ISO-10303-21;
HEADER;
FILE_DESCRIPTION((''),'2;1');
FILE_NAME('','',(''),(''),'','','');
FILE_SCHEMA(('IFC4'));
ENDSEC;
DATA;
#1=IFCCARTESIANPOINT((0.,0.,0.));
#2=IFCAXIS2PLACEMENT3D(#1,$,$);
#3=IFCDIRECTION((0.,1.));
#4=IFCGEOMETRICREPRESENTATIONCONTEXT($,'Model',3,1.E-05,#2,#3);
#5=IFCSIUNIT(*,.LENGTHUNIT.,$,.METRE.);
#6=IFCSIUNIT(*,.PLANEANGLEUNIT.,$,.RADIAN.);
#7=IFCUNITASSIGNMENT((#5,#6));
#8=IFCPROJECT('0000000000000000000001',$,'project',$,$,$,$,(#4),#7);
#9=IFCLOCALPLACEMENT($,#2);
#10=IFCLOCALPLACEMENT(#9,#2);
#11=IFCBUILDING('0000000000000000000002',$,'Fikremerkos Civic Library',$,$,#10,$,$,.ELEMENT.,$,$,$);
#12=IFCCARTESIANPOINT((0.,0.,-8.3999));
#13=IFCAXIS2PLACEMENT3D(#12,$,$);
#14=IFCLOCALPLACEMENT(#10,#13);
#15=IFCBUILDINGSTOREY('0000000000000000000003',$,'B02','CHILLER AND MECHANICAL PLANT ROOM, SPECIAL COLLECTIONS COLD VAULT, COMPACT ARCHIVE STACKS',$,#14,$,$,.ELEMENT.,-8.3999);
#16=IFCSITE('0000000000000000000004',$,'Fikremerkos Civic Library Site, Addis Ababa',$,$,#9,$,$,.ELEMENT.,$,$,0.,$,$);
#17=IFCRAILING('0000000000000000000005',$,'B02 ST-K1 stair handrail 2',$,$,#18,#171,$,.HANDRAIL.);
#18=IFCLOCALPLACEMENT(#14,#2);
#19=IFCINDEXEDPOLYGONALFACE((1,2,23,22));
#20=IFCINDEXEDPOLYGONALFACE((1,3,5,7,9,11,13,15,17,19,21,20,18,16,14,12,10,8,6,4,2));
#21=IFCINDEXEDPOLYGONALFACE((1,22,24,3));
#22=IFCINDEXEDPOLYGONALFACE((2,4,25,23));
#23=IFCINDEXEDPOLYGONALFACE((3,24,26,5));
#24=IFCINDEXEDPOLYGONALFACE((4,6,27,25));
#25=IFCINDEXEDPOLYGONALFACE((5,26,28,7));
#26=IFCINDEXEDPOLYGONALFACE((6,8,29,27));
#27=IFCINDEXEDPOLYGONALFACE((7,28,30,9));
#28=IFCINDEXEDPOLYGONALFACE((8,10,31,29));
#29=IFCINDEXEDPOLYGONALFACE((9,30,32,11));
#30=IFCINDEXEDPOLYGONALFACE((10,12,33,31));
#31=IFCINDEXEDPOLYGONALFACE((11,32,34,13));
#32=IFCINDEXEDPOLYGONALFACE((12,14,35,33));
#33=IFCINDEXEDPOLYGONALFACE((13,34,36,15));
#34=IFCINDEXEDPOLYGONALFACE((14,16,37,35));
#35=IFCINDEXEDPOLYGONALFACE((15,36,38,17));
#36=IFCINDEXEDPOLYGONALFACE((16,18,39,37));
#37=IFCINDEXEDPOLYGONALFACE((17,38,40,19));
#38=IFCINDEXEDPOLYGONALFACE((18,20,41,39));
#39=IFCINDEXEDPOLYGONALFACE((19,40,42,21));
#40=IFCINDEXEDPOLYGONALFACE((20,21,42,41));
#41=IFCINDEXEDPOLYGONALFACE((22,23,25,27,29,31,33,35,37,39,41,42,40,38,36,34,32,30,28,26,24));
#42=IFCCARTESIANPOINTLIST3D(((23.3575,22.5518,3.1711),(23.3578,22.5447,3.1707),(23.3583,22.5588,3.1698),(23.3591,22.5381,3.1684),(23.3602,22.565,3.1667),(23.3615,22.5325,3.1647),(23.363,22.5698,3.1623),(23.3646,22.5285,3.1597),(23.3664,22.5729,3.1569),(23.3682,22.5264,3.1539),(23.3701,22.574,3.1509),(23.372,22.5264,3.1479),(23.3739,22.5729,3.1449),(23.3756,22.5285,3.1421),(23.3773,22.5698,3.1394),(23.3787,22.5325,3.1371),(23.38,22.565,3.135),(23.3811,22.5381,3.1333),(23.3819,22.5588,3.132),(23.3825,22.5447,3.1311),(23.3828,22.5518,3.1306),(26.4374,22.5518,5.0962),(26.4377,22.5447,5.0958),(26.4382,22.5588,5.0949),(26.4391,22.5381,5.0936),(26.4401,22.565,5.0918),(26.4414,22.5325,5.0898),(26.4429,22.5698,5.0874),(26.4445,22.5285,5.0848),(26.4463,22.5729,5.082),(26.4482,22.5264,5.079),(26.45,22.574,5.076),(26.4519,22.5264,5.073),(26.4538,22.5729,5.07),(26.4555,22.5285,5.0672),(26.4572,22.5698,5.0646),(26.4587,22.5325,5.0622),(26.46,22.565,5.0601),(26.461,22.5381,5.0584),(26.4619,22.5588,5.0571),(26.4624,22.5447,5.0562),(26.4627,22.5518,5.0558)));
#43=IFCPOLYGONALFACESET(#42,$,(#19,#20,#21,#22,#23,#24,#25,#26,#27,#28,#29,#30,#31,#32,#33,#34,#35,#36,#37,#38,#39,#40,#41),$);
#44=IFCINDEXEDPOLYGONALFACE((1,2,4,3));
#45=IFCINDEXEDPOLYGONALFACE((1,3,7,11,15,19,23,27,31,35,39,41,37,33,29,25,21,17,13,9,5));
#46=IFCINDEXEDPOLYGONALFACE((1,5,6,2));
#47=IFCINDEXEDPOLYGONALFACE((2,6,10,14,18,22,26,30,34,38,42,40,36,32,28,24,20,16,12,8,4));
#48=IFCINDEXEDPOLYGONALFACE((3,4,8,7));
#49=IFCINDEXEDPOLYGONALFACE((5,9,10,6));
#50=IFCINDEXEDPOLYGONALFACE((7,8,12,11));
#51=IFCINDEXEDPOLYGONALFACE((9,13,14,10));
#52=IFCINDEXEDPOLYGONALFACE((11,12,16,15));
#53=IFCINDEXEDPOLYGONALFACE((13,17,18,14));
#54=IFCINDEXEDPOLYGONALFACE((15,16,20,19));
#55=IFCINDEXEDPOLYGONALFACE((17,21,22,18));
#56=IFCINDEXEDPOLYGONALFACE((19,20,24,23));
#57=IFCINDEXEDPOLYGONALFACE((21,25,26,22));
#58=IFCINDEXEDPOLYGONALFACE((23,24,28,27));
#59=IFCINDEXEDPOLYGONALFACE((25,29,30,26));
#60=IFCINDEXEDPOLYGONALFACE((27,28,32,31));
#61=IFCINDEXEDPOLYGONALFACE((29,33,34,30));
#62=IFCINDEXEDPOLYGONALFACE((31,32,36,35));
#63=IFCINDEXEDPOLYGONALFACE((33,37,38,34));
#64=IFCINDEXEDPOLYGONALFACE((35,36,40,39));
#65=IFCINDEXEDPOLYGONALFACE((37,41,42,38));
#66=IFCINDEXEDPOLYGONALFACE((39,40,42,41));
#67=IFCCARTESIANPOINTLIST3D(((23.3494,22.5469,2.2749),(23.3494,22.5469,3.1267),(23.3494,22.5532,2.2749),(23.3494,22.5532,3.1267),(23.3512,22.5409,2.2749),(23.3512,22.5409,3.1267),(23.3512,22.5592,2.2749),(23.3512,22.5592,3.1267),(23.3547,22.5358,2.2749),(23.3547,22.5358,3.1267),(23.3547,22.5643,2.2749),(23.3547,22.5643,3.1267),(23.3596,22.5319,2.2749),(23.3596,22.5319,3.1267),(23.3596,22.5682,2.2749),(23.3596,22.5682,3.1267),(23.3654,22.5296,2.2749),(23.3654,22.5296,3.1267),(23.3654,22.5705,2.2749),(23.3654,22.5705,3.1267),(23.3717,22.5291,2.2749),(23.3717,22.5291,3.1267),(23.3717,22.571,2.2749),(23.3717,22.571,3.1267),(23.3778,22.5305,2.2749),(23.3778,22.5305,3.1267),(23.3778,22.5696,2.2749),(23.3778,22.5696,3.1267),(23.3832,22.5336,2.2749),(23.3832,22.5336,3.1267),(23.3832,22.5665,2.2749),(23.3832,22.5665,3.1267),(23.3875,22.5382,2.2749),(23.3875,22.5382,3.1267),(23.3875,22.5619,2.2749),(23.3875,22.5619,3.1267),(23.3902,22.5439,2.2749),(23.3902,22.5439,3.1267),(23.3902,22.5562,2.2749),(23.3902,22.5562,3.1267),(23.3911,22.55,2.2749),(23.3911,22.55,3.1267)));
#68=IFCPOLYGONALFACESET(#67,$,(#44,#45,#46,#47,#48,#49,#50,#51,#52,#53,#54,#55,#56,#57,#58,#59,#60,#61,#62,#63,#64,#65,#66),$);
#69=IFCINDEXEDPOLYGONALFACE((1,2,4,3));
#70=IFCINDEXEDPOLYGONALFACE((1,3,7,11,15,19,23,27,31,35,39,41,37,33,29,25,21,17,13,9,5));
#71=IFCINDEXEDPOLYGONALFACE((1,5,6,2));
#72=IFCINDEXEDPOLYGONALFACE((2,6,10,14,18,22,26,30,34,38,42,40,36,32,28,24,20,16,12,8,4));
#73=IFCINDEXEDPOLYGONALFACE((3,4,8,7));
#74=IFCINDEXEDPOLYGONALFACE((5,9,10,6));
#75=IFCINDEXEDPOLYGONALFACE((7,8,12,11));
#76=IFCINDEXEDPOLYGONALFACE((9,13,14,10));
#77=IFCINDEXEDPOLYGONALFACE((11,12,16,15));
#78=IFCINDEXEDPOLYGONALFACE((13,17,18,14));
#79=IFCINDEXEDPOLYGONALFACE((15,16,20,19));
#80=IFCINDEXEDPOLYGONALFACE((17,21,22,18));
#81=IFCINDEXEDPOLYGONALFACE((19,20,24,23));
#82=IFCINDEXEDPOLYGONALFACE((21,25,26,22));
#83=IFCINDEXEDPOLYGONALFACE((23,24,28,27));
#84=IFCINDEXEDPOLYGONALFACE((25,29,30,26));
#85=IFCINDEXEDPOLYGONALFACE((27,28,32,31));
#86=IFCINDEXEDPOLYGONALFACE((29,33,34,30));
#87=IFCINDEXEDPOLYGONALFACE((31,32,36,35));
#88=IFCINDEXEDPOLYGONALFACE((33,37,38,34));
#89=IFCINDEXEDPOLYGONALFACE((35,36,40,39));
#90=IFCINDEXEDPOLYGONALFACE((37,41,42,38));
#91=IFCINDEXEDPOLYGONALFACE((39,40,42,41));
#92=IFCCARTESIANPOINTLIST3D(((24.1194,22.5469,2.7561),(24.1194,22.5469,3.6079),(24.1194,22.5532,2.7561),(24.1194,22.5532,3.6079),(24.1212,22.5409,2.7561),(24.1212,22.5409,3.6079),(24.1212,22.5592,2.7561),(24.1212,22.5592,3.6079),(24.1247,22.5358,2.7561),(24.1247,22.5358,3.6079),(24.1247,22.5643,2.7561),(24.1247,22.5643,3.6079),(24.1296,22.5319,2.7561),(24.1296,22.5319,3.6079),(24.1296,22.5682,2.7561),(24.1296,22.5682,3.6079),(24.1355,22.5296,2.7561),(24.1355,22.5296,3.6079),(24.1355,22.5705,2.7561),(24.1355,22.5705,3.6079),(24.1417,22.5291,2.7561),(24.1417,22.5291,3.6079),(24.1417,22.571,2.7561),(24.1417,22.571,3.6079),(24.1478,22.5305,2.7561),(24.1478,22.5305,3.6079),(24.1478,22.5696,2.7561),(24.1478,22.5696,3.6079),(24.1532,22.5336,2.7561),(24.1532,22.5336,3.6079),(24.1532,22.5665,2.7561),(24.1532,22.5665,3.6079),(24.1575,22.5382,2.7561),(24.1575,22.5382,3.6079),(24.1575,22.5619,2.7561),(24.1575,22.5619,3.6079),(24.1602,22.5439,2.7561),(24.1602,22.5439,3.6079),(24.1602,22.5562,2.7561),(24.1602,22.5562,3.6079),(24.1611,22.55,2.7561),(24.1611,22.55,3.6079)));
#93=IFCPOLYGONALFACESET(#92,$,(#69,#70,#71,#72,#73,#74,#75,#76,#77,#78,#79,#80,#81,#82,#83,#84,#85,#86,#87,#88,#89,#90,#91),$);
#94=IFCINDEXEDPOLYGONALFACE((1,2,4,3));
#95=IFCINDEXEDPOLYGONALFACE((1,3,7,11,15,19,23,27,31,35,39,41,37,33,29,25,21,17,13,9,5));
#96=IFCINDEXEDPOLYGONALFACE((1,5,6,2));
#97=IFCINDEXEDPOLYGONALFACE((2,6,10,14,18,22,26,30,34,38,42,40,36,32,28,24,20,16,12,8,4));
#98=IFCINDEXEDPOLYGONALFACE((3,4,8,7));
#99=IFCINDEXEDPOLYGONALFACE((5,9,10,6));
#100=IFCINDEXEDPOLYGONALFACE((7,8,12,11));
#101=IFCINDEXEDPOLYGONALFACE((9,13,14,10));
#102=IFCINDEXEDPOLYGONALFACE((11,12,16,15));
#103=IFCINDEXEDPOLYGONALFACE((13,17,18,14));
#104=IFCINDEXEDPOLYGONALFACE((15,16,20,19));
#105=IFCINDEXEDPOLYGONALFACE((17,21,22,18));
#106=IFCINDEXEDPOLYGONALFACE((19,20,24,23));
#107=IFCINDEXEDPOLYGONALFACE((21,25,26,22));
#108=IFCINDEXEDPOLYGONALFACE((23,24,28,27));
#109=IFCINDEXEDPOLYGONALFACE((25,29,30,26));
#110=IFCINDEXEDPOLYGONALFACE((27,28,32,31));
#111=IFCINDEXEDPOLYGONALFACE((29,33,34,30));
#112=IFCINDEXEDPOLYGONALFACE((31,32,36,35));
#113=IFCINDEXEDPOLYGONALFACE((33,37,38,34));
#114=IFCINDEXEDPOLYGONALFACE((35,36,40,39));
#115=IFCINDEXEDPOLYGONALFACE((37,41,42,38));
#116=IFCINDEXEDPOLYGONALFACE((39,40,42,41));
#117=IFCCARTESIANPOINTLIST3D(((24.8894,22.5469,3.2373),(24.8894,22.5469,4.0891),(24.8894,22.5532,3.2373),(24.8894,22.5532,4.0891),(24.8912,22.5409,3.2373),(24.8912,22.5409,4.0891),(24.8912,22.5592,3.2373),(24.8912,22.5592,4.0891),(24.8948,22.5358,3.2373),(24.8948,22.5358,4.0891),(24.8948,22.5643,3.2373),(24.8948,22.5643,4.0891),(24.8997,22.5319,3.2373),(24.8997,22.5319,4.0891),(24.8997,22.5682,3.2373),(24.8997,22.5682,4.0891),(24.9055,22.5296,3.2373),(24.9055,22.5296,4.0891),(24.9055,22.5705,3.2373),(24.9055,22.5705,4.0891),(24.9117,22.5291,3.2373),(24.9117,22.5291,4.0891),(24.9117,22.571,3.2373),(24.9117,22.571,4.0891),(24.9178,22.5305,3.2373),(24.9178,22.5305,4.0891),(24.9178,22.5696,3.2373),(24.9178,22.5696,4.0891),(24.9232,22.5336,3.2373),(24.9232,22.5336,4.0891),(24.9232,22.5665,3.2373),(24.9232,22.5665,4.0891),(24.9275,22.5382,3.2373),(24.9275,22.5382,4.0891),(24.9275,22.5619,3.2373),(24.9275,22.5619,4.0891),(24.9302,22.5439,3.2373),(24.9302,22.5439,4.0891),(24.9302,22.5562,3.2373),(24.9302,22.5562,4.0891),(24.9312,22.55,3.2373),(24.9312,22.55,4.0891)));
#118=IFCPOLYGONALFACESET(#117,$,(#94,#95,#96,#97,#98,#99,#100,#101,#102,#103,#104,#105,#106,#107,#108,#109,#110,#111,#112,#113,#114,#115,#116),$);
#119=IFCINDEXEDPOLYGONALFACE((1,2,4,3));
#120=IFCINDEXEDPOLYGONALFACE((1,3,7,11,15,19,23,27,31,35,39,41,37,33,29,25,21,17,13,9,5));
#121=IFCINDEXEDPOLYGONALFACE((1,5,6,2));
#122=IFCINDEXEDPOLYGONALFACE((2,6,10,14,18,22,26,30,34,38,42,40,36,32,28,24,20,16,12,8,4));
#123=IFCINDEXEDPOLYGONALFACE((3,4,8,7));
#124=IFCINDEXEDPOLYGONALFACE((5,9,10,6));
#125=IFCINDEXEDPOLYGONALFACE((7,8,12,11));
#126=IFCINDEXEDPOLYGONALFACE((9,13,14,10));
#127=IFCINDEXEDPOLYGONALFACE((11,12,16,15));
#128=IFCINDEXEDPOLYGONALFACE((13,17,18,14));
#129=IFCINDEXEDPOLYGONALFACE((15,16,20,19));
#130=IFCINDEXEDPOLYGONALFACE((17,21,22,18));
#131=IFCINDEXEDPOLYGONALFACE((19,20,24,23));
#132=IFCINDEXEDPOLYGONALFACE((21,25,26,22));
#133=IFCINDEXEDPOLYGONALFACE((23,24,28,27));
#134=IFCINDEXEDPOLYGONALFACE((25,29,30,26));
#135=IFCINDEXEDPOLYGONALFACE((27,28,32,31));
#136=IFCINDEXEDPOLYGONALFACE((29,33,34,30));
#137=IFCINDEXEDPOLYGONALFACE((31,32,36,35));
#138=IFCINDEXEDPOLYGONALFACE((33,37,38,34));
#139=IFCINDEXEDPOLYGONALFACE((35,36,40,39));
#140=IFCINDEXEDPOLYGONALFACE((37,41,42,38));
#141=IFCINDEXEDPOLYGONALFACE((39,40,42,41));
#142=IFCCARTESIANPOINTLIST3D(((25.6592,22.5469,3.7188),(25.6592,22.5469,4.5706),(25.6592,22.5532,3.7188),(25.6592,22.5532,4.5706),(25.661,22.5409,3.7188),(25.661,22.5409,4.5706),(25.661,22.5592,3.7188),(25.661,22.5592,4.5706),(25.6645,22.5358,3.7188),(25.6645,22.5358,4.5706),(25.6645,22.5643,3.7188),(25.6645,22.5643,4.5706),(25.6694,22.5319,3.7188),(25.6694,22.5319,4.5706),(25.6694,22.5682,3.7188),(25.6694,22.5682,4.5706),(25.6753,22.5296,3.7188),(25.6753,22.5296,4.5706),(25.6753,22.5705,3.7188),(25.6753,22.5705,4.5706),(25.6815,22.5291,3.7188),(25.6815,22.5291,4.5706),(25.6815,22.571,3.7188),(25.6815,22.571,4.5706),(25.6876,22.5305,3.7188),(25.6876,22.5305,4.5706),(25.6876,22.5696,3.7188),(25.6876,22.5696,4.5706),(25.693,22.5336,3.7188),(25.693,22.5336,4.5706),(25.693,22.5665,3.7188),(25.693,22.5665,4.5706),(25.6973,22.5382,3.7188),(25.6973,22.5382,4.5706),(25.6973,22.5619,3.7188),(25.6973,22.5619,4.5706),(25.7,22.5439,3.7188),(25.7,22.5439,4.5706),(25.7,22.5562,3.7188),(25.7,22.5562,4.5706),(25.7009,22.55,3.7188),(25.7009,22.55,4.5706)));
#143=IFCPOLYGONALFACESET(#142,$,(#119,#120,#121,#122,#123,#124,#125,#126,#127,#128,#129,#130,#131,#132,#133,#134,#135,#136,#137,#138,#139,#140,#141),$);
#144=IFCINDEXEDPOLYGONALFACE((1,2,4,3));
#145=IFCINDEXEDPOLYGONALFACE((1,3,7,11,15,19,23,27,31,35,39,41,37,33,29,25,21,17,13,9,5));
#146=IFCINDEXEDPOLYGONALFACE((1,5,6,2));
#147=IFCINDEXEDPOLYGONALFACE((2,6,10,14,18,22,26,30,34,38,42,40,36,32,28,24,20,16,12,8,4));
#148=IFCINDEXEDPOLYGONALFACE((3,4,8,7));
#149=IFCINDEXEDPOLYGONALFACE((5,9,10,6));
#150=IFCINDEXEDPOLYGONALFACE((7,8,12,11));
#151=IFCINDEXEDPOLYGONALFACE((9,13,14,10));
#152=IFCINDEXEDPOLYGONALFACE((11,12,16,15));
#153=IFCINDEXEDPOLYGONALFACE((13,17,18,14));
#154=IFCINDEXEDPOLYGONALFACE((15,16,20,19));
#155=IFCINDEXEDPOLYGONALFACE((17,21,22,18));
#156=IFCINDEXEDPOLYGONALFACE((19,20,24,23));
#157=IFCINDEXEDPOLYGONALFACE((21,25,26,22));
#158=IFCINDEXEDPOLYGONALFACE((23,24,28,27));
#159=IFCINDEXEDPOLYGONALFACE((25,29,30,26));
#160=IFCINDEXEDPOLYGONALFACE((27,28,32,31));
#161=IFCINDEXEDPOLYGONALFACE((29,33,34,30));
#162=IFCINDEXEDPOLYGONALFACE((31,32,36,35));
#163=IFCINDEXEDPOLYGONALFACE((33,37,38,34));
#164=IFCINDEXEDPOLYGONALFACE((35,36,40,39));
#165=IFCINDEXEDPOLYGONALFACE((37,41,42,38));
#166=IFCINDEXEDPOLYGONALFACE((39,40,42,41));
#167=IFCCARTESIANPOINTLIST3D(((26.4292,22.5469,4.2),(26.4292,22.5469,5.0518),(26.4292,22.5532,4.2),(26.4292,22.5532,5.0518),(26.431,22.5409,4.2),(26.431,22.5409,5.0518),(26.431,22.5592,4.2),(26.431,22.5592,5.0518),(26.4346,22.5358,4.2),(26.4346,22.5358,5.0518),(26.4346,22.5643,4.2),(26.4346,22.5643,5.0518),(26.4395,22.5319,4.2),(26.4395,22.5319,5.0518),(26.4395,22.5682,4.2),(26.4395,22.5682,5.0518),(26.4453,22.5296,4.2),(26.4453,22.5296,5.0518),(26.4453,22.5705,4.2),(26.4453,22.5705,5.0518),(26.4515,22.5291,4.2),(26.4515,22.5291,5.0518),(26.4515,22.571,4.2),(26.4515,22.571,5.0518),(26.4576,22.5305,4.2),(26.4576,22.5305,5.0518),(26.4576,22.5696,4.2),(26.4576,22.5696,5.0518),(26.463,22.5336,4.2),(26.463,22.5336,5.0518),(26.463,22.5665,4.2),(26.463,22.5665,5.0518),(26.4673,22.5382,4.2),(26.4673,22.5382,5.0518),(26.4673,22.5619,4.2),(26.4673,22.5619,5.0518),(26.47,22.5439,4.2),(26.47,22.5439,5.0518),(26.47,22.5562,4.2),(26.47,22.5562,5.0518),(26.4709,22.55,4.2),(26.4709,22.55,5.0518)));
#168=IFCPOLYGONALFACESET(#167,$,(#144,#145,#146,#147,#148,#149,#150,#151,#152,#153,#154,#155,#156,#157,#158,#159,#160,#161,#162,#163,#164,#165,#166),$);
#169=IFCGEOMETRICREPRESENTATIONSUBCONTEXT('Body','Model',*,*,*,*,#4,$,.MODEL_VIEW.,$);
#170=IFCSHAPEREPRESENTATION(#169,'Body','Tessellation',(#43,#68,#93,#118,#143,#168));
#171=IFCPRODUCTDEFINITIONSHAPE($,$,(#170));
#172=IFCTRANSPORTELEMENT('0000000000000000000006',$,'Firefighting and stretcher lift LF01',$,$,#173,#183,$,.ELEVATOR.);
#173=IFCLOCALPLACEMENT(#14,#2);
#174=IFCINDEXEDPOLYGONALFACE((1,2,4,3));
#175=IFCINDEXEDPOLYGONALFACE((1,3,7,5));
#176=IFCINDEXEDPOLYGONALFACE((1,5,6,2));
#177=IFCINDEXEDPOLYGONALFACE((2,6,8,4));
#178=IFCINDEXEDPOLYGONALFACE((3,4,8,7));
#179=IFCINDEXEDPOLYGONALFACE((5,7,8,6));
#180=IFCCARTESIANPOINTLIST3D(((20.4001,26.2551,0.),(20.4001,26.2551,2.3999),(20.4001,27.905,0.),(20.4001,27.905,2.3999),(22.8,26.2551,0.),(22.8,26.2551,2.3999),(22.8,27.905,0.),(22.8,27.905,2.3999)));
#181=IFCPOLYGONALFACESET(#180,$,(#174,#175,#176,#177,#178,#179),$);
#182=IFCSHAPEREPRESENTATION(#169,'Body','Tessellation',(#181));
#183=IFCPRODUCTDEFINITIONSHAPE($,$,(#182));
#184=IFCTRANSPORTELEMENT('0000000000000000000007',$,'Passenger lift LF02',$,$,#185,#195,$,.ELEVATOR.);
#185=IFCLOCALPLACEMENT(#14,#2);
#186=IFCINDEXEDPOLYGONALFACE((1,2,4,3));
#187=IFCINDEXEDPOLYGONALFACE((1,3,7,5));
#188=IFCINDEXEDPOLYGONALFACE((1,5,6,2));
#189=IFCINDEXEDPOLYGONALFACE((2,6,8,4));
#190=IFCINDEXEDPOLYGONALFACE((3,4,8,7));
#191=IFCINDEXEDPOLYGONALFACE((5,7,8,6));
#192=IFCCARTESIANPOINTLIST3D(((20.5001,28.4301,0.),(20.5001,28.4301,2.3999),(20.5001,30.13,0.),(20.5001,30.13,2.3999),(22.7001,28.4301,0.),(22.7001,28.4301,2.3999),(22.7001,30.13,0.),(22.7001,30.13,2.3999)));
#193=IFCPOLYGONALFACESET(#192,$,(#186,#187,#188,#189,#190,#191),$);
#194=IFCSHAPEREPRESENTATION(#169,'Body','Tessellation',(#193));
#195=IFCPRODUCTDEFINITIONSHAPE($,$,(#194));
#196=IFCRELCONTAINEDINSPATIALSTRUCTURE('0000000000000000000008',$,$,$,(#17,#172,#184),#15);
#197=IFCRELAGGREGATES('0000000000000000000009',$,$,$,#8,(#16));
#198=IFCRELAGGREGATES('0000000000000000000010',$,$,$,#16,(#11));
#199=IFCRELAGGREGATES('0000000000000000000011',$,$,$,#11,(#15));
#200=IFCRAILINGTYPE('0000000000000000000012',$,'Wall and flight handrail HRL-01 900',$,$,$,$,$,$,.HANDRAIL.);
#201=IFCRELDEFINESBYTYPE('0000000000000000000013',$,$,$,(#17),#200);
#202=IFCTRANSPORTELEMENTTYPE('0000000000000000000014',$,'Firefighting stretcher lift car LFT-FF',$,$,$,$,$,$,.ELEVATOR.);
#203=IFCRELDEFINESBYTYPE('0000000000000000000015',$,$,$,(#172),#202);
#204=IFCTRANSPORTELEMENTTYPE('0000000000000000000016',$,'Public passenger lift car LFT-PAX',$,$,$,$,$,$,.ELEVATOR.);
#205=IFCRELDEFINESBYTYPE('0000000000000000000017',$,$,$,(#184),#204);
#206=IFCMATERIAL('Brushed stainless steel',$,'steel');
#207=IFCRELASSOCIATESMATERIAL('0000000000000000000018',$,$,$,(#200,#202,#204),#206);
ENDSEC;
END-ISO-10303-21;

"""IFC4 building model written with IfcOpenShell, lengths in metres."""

from ifc_helpers import new_model, si_unit, direction, frame, origin, origin_2d, place, context, subcontext, project, spatial, rectangle, circle, extrude, material, type_object, element, save


model = new_model("IFC4")

# Units and contexts
model_context = context("Model", 3, precision=1e-05, world=origin(), true_north=direction((0.0, 1.0)))
body_context = subcontext(model_context, "Body", "Model", "MODEL_VIEW")
ifc_project = project(units=[si_unit("LENGTHUNIT", "METRE"), si_unit("PLANEANGLEUNIT", "RADIAN")], contexts=[model_context])

# Site, building, storey
site_placement = place(None, origin())
site = spatial("IfcSite", under=ifc_project, at=site_placement, Name="Fikremerkos Civic Library Site, Addis Ababa", CompositionType="ELEMENT", RefElevation=0.0)
building_placement = place(site_placement, origin())
building = spatial("IfcBuilding", under=site, at=building_placement, Name="Fikremerkos Civic Library", CompositionType="ELEMENT")
storey_placement = place(building_placement, frame((0.0, 0.0, -8.3999)))
storey = spatial("IfcBuildingStorey", under=building, at=storey_placement, Name="B02", Description="CHILLER AND MECHANICAL PLANT ROOM, SPECIAL COLLECTIONS COLD VAULT, COMPACT ARCHIVE STACKS", CompositionType="ELEMENT", Elevation=-8.3999)

# Shared definitions
ifc_material_1 = material(Name="Brushed stainless steel", Category="steel")

# Railing
railing_type_1 = type_object("IfcRailingType", Name="Wall and flight handrail HRL-01 900", PredefinedType="HANDRAIL", material=ifc_material_1)
railing_1_placement = place(storey_placement, frame((23.3701, 22.55, 2.2749)))
element("IfcRailing", 1, at=railing_1_placement, inside=storey, type_object=railing_type_1, Name="B02 ST-K1 stair handrail 2", PredefinedType="HANDRAIL", context=body_context, shape_type="SweptSolid", body=[
    extrude(circle(Radius=0.0239, at=origin_2d()), frame((0.0, 0.0, 0.876), z_axis=(0.847979, 0.0, 0.530029), x_axis=(0.0, 1.0, 0.0)), (0.0, 0.0, 1.0), 3.6321),
    extrude(circle(Radius=0.021, at=origin_2d()), origin(), (0.0, 0.0, 1.0), 0.8518),
    extrude(circle(Radius=0.021, at=origin_2d()), frame((0.77, 0.0, 0.4812)), (0.0, 0.0, 1.0), 0.8518),
    extrude(circle(Radius=0.021, at=origin_2d()), frame((1.54, 0.0, 0.9624)), (0.0, 0.0, 1.0), 0.8518),
    extrude(circle(Radius=0.021, at=origin_2d()), frame((2.3098, 0.0, 1.4438)), (0.0, 0.0, 1.0), 0.8518),
    extrude(circle(Radius=0.021, at=origin_2d()), frame((3.0798, 0.0, 1.925)), (0.0, 0.0, 1.0), 0.8518),
])

# Transport elements
transport_element_type_1 = type_object("IfcTransportElementType", Name="Firefighting stretcher lift car LFT-FF", PredefinedType="ELEVATOR", material=ifc_material_1)
transport_element_1_placement = place(storey_placement, frame((21.6001, 27.0801, 0.0), z_axis=(0.0, 0.0, 1.0), x_axis=(1.0, 0.0, 0.0)))
element("IfcTransportElement", 2, at=transport_element_1_placement, inside=storey, type_object=transport_element_type_1, Name="Firefighting and stretcher lift LF01", PredefinedType="ELEVATOR", context=body_context, shape_type="SweptSolid", body=[
    extrude(rectangle(XDim=2.3999, YDim=1.6499, at=origin_2d()), origin(), (0.0, 0.0, 1.0), 2.3999),
])
transport_element_type_2 = type_object("IfcTransportElementType", Name="Public passenger lift car LFT-PAX", PredefinedType="ELEVATOR", material=ifc_material_1)
transport_element_2_placement = place(storey_placement, frame((21.6001, 29.28, 0.0), z_axis=(0.0, 0.0, 1.0), x_axis=(1.0, 0.0, 0.0)))
element("IfcTransportElement", 3, at=transport_element_2_placement, inside=storey, type_object=transport_element_type_2, Name="Passenger lift LF02", PredefinedType="ELEVATOR", context=body_context, shape_type="SweptSolid", body=[
    extrude(rectangle(XDim=2.2, YDim=1.7, at=origin_2d()), origin(), (0.0, 0.0, 1.0), 2.3999),
])

save(model, "model.ifc")
